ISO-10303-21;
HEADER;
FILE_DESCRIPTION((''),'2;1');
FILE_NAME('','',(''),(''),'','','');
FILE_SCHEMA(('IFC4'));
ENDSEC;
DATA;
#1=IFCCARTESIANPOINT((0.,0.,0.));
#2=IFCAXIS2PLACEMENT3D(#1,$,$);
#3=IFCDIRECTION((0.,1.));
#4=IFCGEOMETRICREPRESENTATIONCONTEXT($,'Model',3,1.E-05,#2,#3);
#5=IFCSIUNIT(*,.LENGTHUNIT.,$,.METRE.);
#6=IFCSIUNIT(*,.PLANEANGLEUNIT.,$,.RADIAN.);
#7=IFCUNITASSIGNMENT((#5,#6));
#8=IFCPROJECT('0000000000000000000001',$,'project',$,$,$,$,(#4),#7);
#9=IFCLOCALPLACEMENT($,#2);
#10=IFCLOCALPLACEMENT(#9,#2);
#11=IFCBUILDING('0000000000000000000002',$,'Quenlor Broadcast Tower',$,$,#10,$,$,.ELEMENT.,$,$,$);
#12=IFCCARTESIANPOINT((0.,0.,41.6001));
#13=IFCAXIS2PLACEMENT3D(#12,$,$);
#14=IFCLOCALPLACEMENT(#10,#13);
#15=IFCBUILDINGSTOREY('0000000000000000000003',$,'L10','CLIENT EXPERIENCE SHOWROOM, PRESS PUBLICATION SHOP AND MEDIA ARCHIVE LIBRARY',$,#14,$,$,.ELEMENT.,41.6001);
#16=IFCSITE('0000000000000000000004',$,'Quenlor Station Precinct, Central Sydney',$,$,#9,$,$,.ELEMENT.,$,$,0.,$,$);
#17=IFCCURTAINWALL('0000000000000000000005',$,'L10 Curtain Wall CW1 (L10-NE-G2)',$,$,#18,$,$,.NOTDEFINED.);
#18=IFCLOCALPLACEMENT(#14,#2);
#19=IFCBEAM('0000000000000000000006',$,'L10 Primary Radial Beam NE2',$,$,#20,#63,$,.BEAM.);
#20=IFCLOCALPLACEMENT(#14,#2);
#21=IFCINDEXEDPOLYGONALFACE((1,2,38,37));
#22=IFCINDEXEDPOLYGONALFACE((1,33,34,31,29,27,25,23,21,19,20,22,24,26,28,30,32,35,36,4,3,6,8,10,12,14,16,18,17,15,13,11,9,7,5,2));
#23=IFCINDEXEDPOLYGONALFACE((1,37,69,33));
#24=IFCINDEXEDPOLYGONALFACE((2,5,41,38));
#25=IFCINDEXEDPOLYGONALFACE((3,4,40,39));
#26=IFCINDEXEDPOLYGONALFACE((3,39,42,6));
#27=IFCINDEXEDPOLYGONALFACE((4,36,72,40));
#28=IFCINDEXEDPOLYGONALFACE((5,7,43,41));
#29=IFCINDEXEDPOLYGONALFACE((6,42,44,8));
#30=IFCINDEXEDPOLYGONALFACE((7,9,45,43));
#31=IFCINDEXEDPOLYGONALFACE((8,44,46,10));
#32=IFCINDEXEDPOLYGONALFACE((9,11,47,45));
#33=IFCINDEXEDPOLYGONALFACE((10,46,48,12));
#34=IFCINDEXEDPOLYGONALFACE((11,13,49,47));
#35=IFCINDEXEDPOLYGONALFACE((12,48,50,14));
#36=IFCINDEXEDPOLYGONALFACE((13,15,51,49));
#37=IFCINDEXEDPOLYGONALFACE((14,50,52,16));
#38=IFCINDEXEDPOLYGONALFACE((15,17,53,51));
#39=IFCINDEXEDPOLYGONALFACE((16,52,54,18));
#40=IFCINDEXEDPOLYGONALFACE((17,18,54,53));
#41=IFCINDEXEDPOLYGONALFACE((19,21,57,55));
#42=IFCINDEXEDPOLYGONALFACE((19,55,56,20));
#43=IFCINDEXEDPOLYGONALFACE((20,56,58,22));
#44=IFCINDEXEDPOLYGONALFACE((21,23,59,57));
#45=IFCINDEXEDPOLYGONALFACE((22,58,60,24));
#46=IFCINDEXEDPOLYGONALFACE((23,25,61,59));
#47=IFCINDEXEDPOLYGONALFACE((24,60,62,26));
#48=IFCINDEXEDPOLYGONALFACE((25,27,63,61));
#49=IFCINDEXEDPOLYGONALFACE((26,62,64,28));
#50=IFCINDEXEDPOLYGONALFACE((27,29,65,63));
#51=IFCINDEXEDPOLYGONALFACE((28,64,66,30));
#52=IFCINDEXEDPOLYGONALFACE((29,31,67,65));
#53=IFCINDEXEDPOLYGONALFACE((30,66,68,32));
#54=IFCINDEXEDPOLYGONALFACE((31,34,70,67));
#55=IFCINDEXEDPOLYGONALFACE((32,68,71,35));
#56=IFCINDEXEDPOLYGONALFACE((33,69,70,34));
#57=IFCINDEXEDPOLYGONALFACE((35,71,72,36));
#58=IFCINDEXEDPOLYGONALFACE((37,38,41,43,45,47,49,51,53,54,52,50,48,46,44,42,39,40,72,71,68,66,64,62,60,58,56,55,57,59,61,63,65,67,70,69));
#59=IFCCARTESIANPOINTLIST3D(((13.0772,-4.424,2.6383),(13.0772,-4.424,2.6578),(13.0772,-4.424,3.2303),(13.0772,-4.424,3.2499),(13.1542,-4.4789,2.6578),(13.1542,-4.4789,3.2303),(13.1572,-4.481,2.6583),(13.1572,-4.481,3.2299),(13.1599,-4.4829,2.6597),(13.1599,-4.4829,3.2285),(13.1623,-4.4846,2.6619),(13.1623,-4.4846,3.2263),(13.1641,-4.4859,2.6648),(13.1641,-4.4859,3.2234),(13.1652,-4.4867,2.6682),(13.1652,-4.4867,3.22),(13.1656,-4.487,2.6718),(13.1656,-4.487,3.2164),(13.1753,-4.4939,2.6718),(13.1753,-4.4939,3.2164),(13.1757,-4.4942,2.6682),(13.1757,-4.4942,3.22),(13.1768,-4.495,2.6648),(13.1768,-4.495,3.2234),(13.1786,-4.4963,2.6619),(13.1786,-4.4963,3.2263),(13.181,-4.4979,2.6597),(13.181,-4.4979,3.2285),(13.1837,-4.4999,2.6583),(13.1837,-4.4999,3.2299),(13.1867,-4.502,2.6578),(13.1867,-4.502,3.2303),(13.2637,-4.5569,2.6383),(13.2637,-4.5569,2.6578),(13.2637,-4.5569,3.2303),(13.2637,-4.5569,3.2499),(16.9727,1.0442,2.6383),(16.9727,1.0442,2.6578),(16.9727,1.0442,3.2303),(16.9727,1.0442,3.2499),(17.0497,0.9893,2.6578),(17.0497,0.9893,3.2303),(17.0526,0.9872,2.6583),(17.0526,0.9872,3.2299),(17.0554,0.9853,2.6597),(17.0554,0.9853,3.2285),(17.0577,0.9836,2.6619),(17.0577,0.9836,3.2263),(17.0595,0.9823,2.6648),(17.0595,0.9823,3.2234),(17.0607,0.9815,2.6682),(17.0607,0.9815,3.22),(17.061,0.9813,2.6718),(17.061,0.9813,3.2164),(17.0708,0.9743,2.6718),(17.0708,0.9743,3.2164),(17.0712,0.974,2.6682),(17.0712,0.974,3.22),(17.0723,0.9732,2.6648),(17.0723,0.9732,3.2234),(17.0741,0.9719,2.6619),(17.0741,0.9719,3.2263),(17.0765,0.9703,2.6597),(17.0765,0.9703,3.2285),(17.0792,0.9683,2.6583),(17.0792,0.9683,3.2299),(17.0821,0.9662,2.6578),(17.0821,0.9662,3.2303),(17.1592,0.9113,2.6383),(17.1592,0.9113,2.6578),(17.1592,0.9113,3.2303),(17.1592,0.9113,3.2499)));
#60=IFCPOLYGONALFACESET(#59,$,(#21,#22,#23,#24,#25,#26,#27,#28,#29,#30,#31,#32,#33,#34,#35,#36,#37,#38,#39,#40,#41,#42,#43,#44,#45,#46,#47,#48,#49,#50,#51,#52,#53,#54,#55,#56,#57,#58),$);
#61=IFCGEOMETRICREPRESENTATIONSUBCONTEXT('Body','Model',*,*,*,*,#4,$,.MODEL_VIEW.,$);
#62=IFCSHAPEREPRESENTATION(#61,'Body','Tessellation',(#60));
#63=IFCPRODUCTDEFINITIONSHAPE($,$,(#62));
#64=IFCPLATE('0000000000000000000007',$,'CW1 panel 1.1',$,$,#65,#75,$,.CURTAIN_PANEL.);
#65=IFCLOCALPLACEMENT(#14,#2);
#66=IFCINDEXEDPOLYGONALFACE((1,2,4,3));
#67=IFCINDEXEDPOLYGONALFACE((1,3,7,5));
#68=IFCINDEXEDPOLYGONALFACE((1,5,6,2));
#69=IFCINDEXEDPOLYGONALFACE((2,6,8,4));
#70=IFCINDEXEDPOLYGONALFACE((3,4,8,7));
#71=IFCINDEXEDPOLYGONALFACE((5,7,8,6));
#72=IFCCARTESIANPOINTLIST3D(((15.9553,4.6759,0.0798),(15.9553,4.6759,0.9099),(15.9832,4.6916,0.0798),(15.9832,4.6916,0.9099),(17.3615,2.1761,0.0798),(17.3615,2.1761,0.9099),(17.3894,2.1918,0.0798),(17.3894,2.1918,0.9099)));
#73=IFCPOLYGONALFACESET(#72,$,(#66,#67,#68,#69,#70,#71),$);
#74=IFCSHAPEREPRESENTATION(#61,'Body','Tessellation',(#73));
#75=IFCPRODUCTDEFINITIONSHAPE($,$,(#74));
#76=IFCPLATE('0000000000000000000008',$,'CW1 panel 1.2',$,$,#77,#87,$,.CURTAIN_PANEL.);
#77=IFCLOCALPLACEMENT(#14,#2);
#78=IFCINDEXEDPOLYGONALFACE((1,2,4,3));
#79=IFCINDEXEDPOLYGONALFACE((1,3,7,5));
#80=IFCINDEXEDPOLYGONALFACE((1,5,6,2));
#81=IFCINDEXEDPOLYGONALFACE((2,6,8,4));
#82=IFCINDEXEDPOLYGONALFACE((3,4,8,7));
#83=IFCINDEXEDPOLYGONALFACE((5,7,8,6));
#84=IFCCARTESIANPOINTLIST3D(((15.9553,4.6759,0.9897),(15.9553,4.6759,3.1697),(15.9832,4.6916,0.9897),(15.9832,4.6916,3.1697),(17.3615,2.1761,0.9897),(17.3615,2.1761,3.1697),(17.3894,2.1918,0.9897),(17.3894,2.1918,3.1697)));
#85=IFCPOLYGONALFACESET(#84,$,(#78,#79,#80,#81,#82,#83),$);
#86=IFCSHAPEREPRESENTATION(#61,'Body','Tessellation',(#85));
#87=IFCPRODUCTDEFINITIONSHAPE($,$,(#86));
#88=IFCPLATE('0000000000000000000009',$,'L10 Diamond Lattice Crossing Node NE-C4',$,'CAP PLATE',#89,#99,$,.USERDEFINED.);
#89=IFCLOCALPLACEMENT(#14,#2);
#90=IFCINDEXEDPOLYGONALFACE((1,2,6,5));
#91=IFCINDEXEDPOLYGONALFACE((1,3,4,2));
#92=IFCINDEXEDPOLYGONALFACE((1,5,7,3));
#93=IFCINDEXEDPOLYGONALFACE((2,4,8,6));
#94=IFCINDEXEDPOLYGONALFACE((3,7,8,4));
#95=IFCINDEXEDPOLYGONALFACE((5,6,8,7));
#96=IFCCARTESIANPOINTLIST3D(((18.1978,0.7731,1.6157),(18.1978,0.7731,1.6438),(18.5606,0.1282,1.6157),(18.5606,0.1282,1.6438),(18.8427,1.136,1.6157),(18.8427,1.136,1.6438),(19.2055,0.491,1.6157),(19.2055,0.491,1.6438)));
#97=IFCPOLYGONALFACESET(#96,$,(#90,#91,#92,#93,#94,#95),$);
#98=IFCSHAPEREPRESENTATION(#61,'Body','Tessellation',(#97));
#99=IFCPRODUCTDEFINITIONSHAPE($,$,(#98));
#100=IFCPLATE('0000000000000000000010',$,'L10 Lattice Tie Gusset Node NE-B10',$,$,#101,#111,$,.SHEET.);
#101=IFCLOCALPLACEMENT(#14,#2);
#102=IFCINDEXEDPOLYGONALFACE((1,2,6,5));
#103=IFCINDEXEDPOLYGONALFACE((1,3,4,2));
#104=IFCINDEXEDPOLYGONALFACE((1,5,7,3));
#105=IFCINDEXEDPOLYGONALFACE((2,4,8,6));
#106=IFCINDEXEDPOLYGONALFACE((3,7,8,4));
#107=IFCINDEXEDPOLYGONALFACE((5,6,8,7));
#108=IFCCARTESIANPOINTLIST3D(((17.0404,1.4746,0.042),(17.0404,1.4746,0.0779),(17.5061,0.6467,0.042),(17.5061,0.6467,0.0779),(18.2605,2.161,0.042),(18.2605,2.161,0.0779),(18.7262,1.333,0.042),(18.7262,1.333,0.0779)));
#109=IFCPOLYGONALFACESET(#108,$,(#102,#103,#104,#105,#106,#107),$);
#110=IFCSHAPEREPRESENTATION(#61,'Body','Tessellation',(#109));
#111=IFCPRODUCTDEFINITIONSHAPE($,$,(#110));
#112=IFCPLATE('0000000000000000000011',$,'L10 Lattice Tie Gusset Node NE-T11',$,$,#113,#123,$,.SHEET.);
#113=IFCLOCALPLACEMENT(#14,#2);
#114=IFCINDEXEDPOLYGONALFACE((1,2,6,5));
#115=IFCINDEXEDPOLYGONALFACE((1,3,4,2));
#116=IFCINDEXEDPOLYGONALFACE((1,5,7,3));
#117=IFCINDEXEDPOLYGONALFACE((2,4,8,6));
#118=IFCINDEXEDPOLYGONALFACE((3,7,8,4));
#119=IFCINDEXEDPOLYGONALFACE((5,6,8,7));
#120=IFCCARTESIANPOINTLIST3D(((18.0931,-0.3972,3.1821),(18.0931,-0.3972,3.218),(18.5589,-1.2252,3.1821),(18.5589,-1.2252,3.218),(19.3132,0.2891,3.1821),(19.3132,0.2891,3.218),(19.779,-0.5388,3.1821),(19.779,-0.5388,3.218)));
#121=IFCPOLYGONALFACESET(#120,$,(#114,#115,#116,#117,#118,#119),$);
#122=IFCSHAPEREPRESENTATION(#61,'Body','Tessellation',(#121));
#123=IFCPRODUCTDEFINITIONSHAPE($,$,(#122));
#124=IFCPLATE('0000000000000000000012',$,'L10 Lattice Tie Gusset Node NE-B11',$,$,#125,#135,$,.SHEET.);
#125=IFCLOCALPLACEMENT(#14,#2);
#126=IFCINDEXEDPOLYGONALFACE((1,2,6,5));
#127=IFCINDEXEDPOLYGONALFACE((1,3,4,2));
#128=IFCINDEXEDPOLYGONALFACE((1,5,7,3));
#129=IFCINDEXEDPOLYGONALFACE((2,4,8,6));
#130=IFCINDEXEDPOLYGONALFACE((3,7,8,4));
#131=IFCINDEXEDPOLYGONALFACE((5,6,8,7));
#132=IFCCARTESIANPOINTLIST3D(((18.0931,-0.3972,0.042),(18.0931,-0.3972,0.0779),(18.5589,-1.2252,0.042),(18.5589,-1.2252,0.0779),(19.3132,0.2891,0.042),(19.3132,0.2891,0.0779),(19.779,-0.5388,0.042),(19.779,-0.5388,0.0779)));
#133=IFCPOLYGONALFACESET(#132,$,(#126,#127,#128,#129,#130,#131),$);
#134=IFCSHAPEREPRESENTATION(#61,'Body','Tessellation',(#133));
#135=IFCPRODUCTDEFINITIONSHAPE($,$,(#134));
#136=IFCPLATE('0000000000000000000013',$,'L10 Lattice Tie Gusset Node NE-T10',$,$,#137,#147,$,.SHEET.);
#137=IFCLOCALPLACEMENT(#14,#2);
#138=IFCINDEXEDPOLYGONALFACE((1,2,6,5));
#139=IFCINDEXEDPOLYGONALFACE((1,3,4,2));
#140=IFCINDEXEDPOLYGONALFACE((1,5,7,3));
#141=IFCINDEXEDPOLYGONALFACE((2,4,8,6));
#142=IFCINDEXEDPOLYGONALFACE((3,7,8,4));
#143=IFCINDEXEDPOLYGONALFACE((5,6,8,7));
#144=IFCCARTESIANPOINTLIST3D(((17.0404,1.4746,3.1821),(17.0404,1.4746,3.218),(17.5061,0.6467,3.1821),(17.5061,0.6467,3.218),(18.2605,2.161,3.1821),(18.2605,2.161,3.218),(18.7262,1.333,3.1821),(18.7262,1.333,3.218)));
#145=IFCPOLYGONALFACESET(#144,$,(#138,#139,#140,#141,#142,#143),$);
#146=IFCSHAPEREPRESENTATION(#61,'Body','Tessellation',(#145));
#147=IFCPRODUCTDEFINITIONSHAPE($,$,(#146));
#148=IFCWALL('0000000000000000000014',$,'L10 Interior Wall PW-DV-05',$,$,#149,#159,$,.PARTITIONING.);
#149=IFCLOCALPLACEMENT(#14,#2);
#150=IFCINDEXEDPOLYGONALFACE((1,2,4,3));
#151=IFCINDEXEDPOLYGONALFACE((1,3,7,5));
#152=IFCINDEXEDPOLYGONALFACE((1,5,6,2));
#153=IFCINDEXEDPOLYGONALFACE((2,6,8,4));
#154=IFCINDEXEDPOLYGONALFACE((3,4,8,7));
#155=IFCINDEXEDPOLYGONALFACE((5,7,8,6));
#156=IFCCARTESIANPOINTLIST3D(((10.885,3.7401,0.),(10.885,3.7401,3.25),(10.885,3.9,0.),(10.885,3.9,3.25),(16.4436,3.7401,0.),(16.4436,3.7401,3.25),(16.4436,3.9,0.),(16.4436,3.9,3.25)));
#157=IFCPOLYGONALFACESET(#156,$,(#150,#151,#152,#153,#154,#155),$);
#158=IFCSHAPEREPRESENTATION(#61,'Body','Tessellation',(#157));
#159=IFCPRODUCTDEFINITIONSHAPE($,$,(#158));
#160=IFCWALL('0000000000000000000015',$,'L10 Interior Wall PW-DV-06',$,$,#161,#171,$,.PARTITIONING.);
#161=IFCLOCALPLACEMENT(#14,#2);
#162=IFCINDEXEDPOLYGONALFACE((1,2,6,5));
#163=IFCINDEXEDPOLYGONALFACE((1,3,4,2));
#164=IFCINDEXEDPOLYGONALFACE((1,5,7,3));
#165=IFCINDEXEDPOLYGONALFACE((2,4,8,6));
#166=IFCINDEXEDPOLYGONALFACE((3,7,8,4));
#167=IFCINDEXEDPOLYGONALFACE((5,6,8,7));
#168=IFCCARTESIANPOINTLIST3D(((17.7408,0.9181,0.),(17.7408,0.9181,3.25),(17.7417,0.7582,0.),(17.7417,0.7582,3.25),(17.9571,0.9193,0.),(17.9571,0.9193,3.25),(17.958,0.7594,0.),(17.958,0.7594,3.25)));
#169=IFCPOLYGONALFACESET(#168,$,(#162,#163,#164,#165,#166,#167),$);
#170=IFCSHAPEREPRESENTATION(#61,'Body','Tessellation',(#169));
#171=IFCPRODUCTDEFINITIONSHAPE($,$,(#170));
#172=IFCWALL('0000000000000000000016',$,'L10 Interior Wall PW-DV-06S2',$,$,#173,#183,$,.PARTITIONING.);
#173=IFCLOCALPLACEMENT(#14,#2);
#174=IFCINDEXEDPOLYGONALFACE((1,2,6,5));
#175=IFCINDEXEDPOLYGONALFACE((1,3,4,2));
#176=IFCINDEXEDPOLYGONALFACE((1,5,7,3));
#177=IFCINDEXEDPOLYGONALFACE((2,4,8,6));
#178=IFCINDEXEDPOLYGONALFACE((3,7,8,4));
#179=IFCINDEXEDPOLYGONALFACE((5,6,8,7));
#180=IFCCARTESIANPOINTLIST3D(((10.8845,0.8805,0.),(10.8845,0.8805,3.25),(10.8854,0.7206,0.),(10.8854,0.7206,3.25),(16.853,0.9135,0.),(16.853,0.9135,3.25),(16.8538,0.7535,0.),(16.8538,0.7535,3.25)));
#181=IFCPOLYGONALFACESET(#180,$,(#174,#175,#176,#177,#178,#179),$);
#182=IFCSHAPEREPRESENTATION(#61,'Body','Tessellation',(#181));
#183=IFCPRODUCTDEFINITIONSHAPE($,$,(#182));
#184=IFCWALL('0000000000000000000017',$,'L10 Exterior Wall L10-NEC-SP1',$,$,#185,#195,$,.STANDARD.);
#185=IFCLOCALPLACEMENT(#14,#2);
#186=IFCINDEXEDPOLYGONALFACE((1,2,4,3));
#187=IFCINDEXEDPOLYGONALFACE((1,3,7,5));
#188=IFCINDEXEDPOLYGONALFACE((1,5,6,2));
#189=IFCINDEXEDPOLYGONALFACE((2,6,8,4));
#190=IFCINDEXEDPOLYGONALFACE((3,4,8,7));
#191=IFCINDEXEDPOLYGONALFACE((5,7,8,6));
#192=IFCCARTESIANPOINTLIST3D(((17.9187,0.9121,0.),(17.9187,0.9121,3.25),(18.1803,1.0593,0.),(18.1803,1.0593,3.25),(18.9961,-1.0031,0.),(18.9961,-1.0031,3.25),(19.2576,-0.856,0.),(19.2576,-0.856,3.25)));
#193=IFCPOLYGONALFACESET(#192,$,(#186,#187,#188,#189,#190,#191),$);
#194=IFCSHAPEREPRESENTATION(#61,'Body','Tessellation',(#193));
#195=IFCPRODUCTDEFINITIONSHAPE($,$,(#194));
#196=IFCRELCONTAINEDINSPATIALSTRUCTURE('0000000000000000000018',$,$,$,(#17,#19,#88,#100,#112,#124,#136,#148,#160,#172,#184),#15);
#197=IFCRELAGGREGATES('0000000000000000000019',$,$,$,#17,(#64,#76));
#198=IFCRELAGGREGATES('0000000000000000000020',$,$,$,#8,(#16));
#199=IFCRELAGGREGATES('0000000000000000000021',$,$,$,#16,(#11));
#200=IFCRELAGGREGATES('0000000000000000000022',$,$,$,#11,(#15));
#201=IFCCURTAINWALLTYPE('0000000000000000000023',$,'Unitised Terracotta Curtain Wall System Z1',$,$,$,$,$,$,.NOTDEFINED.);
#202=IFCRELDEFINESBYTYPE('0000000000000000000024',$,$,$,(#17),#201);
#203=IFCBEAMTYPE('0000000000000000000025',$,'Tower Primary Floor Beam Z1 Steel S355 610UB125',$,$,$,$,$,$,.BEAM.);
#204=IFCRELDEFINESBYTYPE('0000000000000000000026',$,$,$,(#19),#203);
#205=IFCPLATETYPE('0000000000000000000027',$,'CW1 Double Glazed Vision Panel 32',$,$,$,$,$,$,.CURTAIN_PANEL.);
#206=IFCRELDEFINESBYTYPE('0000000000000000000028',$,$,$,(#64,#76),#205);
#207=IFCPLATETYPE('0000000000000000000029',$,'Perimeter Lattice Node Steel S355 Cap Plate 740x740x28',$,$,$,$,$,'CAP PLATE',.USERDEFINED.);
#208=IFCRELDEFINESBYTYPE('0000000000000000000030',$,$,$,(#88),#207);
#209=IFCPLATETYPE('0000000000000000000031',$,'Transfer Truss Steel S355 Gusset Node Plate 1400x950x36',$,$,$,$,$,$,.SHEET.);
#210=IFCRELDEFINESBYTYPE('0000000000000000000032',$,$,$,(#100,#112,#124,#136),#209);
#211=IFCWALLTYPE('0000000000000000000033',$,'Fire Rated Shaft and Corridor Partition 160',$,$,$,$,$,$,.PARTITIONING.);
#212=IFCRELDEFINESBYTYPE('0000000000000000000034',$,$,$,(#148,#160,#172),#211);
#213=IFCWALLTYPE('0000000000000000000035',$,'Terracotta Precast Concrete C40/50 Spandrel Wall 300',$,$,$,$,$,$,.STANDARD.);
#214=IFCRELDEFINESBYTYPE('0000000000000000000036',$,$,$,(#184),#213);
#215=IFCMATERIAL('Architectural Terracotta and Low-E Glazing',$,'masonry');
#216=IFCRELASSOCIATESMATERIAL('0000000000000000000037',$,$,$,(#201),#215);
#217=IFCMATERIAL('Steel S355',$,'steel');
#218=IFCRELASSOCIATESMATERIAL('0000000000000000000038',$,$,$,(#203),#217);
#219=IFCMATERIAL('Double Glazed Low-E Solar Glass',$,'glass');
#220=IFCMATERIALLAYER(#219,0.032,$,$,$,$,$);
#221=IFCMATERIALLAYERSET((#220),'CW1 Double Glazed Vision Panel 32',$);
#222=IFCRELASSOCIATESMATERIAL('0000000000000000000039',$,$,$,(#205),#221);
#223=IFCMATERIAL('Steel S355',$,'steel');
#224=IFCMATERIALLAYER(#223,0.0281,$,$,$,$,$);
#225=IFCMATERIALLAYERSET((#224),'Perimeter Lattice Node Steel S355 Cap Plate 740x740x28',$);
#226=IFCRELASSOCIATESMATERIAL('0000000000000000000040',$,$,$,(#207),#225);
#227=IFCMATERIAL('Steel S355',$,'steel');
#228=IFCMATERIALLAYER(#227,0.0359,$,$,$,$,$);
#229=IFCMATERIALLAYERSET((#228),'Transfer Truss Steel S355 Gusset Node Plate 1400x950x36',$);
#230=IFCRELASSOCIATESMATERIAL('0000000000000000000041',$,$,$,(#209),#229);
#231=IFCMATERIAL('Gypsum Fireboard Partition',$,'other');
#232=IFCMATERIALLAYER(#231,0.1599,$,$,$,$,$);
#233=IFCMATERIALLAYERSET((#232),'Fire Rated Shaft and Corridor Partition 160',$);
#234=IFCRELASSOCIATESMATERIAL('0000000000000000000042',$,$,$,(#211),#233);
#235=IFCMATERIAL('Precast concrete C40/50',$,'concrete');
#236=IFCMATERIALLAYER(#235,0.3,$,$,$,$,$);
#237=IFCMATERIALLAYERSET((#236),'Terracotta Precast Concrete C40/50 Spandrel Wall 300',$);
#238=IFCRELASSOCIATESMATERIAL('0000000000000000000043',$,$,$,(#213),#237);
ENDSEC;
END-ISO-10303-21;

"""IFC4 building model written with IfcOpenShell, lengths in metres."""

from ifc_helpers import new_model, si_unit, direction, frame, frame_2d, origin, origin_2d, place, context, subcontext, project, spatial, rectangle, i_section, extrude, material, layer, layer_set, material_profile, profile_set, type_object, element, aggregate, save


model = new_model("IFC4")

# Units and contexts
model_context = context("Model", 3, precision=1e-05, world=origin(), true_north=direction((0.0, 1.0)))
body_context = subcontext(model_context, "Body", "Model", "MODEL_VIEW")
ifc_project = project(units=[si_unit("LENGTHUNIT", "METRE"), si_unit("PLANEANGLEUNIT", "RADIAN")], contexts=[model_context])

# Site, building, storey
site_placement = place(None, origin())
site = spatial("IfcSite", under=ifc_project, at=site_placement, Name="Quenlor Station Precinct, Central Sydney", CompositionType="ELEMENT", RefElevation=0.0)
building_placement = place(site_placement, origin())
building = spatial("IfcBuilding", under=site, at=building_placement, Name="Quenlor Broadcast Tower", CompositionType="ELEMENT")
storey_placement = place(building_placement, frame((0.0, 0.0, 41.6001)))
storey = spatial("IfcBuildingStorey", under=building, at=storey_placement, Name="L10", Description="CLIENT EXPERIENCE SHOWROOM, PRESS PUBLICATION SHOP AND MEDIA ARCHIVE LIBRARY", CompositionType="ELEMENT", Elevation=41.6001)

# Curtain wall
ifc_material_1 = material(Name="Architectural Terracotta and Low-E Glazing", Category="masonry")
curtain_wall_type = type_object("IfcCurtainWallType", Name="Unitised Terracotta Curtain Wall System Z1", PredefinedType="NOTDEFINED", material=ifc_material_1)
curtain_wall_1_placement = place(storey_placement, origin())
curtain_wall_1 = element("IfcCurtainWall", 1, at=curtain_wall_1_placement, inside=storey, type_object=curtain_wall_type, Name="L10 Curtain Wall CW1 (L10-NE-G2)", PredefinedType="NOTDEFINED")

# Beam
ifc_material_2 = material(Name="Steel S355", Category="steel")
ifc_material_profile_1 = material_profile(ifc_material_2, i_section(OverallWidth=0.229, OverallDepth=0.6116, WebThickness=0.012, FlangeThickness=0.0195, FilletRadius=0.0139, at=origin_2d()))
ifc_profile_set_1 = profile_set([ifc_material_profile_1], Name="Steel S355 610UB125")
beam_type_1 = type_object("IfcBeamType", Name="Tower Primary Floor Beam Z1 Steel S355 610UB125", PredefinedType="BEAM", material=ifc_profile_set_1)
beam_1_placement = place(storey_placement, frame((17.0659, 0.9778, 2.9441), z_axis=(-0.580213, -0.814465, 0.0), x_axis=(0.814465, -0.580213, 0.0)))
element("IfcBeam", 2, at=beam_1_placement, inside=storey, type_object=beam_type_1, Name="L10 Primary Radial Beam NE2", PredefinedType="BEAM", context=body_context, shape_type="SweptSolid", body=[
    extrude(i_section(OverallWidth=0.229, OverallDepth=0.6116, WebThickness=0.012, FlangeThickness=0.0195, FilletRadius=0.0139, at=origin_2d()), origin(), (0.0, 0.0, 1.0), 6.7139),
])

# Plates
ifc_material_3 = material(Name="Double Glazed Low-E Solar Glass", Category="glass")
ifc_layer_1 = layer(ifc_material_3, 0.032)
ifc_layer_set_1 = layer_set([ifc_layer_1], Name="CW1 Double Glazed Vision Panel 32")
plate_type_1 = type_object("IfcPlateType", Name="CW1 Double Glazed Vision Panel 32", PredefinedType="CURTAIN_PANEL", material=ifc_layer_set_1)
plate_1_placement = place(storey_placement, frame((16.6724, 3.4338, 0.0798), z_axis=(0.0, 0.0, 1.0), x_axis=(0.490274, -0.871568, 0.0)))
plate_1 = element("IfcPlate", 3, at=plate_1_placement, type_object=plate_type_1, Name="CW1 panel 1.1", PredefinedType="CURTAIN_PANEL", context=body_context, shape_type="SweptSolid", body=[
    extrude(rectangle(XDim=2.8682, YDim=0.032, at=origin_2d()), origin(), (0.0, 0.0, 1.0), 0.8301),
])
plate_2_placement = place(storey_placement, frame((16.6724, 3.4338, 0.9897), z_axis=(0.0, 0.0, 1.0), x_axis=(0.490274, -0.871568, 0.0)))
plate_2 = element("IfcPlate", 4, at=plate_2_placement, type_object=plate_type_1, Name="CW1 panel 1.2", PredefinedType="CURTAIN_PANEL", context=body_context, shape_type="SweptSolid", body=[
    extrude(rectangle(XDim=2.8682, YDim=0.032, at=origin_2d()), origin(), (0.0, 0.0, 1.0), 2.1799),
])
aggregate(curtain_wall_1, [plate_1, plate_2])

# Plates
ifc_material_4 = material(Name="Steel S355", Category="steel")
ifc_layer_2 = layer(ifc_material_4, 0.0281)
ifc_layer_set_2 = layer_set([ifc_layer_2], Name="Perimeter Lattice Node Steel S355 Cap Plate 740x740x28")
plate_type_2 = type_object("IfcPlateType", Name="Perimeter Lattice Node Steel S355 Cap Plate 740x740x28", ElementType="CAP PLATE", PredefinedType="USERDEFINED", material=ifc_layer_set_2)
plate_3_placement = place(storey_placement, frame((18.7017, 0.6321, 1.6157), z_axis=(0.0, 0.0, 1.0), x_axis=(0.490295, -0.871556, 0.0)))
element("IfcPlate", 5, at=plate_3_placement, inside=storey, type_object=plate_type_2, Name="L10 Diamond Lattice Crossing Node NE-C4", ObjectType="CAP PLATE", PredefinedType="USERDEFINED", context=body_context, shape_type="SweptSolid", body=[
    extrude(rectangle(XDim=0.74, YDim=0.74, at=origin_2d()), origin(), (0.0, 0.0, 1.0), 0.0281),
])
ifc_material_5 = material(Name="Steel S355", Category="steel")
ifc_layer_3 = layer(ifc_material_5, 0.0359)
ifc_layer_set_3 = layer_set([ifc_layer_3], Name="Transfer Truss Steel S355 Gusset Node Plate 1400x950x36")
plate_type_3 = type_object("IfcPlateType", Name="Transfer Truss Steel S355 Gusset Node Plate 1400x950x36", PredefinedType="SHEET", material=ifc_layer_set_3)
for number, where, z_axis, x_axis, name in (
    (6, (17.8833, 1.4038, 0.042), (0.0, 0.0, 1.0), (0.871556, 0.490295, 0.0), "L10 Lattice Tie Gusset Node NE-B10"),
    (7, (18.936, -0.468, 3.1821), (0.0, 0.0, 1.0), (0.871556, 0.490295, 0.0), "L10 Lattice Tie Gusset Node NE-T11"),
    (8, (18.936, -0.468, 0.042), (0.0, 0.0, 1.0), (0.871556, 0.490295, 0.0), "L10 Lattice Tie Gusset Node NE-B11"),
    (9, (17.8833, 1.4038, 3.1821), (0.0, 0.0, 1.0), (0.871556, 0.490295, 0.0), "L10 Lattice Tie Gusset Node NE-T10"),
):
    element("IfcPlate", number, at=place(storey_placement, frame(where, z_axis=z_axis, x_axis=x_axis)), inside=storey, type_object=plate_type_3, Name=name, PredefinedType="SHEET", context=body_context, shape_type="SweptSolid", body=[
        extrude(rectangle(XDim=1.3999, YDim=0.95, at=origin_2d()), origin(), (0.0, 0.0, 1.0), 0.0359),
    ])

# Walls
ifc_material_6 = material(Name="Gypsum Fireboard Partition", Category="other")
ifc_layer_4 = layer(ifc_material_6, 0.1599)
ifc_layer_set_4 = layer_set([ifc_layer_4], Name="Fire Rated Shaft and Corridor Partition 160")
wall_type_1 = type_object("IfcWallType", Name="Fire Rated Shaft and Corridor Partition 160", PredefinedType="PARTITIONING", material=ifc_layer_set_4)
wall_1_placement = place(storey_placement, frame((16.4436, 3.8201, 0.0), z_axis=(0.0, 0.0, 1.0), x_axis=(-1.0, 0.0, 0.0)))
element("IfcWall", 10, at=wall_1_placement, inside=storey, type_object=wall_type_1, Name="L10 Interior Wall PW-DV-05", PredefinedType="PARTITIONING", context=body_context, shape_type="SweptSolid", body=[
    extrude(rectangle(XDim=5.5586, YDim=0.1599, at=frame_2d((2.7793, 0.0))), origin(), (0.0, 0.0, 1.0), 3.25),
])
wall_2_placement = place(storey_placement, frame((17.9575, 0.8394, 0.0), z_axis=(0.0, 0.0, 1.0), x_axis=(-0.999984, -0.005643, 0.0)))
element("IfcWall", 11, at=wall_2_placement, inside=storey, type_object=wall_type_1, Name="L10 Interior Wall PW-DV-06", PredefinedType="PARTITIONING", context=body_context, shape_type="SweptSolid", body=[
    extrude(rectangle(XDim=0.2163, YDim=0.1599, at=frame_2d((0.1082, 0.0))), origin(), (0.0, 0.0, 1.0), 3.25),
])
wall_3_placement = place(storey_placement, frame((16.8535, 0.8335, 0.0), z_axis=(0.0, 0.0, 1.0), x_axis=(-0.999985, -0.005522, 0.0)))
element("IfcWall", 12, at=wall_3_placement, inside=storey, type_object=wall_type_1, Name="L10 Interior Wall PW-DV-06S2", PredefinedType="PARTITIONING", context=body_context, shape_type="SweptSolid", body=[
    extrude(rectangle(XDim=5.9685, YDim=0.1599, at=frame_2d((2.9844, 0.0))), origin(), (0.0, 0.0, 1.0), 3.25),
])
ifc_material_7 = material(Name="Precast concrete C40/50", Category="concrete")
ifc_layer_5 = layer(ifc_material_7, 0.3)
ifc_layer_set_5 = layer_set([ifc_layer_5], Name="Terracotta Precast Concrete C40/50 Spandrel Wall 300")
wall_type_2 = type_object("IfcWallType", Name="Terracotta Precast Concrete C40/50 Spandrel Wall 300", PredefinedType="STANDARD", material=ifc_layer_set_5)
wall_4_placement = place(storey_placement, frame((18.0496, 0.9856, 0.0), z_axis=(0.0, 0.0, 1.0), x_axis=(0.490277, -0.871567, 0.0)))
element("IfcWall", 13, at=wall_4_placement, inside=storey, type_object=wall_type_2, Name="L10 Exterior Wall L10-NEC-SP1", PredefinedType="STANDARD", context=body_context, shape_type="SweptSolid", body=[
    extrude(rectangle(XDim=2.1975, YDim=0.3, at=frame_2d((1.0986, 0.0))), origin(), (0.0, 0.0, 1.0), 3.25),
])

save(model, "model.ifc")
